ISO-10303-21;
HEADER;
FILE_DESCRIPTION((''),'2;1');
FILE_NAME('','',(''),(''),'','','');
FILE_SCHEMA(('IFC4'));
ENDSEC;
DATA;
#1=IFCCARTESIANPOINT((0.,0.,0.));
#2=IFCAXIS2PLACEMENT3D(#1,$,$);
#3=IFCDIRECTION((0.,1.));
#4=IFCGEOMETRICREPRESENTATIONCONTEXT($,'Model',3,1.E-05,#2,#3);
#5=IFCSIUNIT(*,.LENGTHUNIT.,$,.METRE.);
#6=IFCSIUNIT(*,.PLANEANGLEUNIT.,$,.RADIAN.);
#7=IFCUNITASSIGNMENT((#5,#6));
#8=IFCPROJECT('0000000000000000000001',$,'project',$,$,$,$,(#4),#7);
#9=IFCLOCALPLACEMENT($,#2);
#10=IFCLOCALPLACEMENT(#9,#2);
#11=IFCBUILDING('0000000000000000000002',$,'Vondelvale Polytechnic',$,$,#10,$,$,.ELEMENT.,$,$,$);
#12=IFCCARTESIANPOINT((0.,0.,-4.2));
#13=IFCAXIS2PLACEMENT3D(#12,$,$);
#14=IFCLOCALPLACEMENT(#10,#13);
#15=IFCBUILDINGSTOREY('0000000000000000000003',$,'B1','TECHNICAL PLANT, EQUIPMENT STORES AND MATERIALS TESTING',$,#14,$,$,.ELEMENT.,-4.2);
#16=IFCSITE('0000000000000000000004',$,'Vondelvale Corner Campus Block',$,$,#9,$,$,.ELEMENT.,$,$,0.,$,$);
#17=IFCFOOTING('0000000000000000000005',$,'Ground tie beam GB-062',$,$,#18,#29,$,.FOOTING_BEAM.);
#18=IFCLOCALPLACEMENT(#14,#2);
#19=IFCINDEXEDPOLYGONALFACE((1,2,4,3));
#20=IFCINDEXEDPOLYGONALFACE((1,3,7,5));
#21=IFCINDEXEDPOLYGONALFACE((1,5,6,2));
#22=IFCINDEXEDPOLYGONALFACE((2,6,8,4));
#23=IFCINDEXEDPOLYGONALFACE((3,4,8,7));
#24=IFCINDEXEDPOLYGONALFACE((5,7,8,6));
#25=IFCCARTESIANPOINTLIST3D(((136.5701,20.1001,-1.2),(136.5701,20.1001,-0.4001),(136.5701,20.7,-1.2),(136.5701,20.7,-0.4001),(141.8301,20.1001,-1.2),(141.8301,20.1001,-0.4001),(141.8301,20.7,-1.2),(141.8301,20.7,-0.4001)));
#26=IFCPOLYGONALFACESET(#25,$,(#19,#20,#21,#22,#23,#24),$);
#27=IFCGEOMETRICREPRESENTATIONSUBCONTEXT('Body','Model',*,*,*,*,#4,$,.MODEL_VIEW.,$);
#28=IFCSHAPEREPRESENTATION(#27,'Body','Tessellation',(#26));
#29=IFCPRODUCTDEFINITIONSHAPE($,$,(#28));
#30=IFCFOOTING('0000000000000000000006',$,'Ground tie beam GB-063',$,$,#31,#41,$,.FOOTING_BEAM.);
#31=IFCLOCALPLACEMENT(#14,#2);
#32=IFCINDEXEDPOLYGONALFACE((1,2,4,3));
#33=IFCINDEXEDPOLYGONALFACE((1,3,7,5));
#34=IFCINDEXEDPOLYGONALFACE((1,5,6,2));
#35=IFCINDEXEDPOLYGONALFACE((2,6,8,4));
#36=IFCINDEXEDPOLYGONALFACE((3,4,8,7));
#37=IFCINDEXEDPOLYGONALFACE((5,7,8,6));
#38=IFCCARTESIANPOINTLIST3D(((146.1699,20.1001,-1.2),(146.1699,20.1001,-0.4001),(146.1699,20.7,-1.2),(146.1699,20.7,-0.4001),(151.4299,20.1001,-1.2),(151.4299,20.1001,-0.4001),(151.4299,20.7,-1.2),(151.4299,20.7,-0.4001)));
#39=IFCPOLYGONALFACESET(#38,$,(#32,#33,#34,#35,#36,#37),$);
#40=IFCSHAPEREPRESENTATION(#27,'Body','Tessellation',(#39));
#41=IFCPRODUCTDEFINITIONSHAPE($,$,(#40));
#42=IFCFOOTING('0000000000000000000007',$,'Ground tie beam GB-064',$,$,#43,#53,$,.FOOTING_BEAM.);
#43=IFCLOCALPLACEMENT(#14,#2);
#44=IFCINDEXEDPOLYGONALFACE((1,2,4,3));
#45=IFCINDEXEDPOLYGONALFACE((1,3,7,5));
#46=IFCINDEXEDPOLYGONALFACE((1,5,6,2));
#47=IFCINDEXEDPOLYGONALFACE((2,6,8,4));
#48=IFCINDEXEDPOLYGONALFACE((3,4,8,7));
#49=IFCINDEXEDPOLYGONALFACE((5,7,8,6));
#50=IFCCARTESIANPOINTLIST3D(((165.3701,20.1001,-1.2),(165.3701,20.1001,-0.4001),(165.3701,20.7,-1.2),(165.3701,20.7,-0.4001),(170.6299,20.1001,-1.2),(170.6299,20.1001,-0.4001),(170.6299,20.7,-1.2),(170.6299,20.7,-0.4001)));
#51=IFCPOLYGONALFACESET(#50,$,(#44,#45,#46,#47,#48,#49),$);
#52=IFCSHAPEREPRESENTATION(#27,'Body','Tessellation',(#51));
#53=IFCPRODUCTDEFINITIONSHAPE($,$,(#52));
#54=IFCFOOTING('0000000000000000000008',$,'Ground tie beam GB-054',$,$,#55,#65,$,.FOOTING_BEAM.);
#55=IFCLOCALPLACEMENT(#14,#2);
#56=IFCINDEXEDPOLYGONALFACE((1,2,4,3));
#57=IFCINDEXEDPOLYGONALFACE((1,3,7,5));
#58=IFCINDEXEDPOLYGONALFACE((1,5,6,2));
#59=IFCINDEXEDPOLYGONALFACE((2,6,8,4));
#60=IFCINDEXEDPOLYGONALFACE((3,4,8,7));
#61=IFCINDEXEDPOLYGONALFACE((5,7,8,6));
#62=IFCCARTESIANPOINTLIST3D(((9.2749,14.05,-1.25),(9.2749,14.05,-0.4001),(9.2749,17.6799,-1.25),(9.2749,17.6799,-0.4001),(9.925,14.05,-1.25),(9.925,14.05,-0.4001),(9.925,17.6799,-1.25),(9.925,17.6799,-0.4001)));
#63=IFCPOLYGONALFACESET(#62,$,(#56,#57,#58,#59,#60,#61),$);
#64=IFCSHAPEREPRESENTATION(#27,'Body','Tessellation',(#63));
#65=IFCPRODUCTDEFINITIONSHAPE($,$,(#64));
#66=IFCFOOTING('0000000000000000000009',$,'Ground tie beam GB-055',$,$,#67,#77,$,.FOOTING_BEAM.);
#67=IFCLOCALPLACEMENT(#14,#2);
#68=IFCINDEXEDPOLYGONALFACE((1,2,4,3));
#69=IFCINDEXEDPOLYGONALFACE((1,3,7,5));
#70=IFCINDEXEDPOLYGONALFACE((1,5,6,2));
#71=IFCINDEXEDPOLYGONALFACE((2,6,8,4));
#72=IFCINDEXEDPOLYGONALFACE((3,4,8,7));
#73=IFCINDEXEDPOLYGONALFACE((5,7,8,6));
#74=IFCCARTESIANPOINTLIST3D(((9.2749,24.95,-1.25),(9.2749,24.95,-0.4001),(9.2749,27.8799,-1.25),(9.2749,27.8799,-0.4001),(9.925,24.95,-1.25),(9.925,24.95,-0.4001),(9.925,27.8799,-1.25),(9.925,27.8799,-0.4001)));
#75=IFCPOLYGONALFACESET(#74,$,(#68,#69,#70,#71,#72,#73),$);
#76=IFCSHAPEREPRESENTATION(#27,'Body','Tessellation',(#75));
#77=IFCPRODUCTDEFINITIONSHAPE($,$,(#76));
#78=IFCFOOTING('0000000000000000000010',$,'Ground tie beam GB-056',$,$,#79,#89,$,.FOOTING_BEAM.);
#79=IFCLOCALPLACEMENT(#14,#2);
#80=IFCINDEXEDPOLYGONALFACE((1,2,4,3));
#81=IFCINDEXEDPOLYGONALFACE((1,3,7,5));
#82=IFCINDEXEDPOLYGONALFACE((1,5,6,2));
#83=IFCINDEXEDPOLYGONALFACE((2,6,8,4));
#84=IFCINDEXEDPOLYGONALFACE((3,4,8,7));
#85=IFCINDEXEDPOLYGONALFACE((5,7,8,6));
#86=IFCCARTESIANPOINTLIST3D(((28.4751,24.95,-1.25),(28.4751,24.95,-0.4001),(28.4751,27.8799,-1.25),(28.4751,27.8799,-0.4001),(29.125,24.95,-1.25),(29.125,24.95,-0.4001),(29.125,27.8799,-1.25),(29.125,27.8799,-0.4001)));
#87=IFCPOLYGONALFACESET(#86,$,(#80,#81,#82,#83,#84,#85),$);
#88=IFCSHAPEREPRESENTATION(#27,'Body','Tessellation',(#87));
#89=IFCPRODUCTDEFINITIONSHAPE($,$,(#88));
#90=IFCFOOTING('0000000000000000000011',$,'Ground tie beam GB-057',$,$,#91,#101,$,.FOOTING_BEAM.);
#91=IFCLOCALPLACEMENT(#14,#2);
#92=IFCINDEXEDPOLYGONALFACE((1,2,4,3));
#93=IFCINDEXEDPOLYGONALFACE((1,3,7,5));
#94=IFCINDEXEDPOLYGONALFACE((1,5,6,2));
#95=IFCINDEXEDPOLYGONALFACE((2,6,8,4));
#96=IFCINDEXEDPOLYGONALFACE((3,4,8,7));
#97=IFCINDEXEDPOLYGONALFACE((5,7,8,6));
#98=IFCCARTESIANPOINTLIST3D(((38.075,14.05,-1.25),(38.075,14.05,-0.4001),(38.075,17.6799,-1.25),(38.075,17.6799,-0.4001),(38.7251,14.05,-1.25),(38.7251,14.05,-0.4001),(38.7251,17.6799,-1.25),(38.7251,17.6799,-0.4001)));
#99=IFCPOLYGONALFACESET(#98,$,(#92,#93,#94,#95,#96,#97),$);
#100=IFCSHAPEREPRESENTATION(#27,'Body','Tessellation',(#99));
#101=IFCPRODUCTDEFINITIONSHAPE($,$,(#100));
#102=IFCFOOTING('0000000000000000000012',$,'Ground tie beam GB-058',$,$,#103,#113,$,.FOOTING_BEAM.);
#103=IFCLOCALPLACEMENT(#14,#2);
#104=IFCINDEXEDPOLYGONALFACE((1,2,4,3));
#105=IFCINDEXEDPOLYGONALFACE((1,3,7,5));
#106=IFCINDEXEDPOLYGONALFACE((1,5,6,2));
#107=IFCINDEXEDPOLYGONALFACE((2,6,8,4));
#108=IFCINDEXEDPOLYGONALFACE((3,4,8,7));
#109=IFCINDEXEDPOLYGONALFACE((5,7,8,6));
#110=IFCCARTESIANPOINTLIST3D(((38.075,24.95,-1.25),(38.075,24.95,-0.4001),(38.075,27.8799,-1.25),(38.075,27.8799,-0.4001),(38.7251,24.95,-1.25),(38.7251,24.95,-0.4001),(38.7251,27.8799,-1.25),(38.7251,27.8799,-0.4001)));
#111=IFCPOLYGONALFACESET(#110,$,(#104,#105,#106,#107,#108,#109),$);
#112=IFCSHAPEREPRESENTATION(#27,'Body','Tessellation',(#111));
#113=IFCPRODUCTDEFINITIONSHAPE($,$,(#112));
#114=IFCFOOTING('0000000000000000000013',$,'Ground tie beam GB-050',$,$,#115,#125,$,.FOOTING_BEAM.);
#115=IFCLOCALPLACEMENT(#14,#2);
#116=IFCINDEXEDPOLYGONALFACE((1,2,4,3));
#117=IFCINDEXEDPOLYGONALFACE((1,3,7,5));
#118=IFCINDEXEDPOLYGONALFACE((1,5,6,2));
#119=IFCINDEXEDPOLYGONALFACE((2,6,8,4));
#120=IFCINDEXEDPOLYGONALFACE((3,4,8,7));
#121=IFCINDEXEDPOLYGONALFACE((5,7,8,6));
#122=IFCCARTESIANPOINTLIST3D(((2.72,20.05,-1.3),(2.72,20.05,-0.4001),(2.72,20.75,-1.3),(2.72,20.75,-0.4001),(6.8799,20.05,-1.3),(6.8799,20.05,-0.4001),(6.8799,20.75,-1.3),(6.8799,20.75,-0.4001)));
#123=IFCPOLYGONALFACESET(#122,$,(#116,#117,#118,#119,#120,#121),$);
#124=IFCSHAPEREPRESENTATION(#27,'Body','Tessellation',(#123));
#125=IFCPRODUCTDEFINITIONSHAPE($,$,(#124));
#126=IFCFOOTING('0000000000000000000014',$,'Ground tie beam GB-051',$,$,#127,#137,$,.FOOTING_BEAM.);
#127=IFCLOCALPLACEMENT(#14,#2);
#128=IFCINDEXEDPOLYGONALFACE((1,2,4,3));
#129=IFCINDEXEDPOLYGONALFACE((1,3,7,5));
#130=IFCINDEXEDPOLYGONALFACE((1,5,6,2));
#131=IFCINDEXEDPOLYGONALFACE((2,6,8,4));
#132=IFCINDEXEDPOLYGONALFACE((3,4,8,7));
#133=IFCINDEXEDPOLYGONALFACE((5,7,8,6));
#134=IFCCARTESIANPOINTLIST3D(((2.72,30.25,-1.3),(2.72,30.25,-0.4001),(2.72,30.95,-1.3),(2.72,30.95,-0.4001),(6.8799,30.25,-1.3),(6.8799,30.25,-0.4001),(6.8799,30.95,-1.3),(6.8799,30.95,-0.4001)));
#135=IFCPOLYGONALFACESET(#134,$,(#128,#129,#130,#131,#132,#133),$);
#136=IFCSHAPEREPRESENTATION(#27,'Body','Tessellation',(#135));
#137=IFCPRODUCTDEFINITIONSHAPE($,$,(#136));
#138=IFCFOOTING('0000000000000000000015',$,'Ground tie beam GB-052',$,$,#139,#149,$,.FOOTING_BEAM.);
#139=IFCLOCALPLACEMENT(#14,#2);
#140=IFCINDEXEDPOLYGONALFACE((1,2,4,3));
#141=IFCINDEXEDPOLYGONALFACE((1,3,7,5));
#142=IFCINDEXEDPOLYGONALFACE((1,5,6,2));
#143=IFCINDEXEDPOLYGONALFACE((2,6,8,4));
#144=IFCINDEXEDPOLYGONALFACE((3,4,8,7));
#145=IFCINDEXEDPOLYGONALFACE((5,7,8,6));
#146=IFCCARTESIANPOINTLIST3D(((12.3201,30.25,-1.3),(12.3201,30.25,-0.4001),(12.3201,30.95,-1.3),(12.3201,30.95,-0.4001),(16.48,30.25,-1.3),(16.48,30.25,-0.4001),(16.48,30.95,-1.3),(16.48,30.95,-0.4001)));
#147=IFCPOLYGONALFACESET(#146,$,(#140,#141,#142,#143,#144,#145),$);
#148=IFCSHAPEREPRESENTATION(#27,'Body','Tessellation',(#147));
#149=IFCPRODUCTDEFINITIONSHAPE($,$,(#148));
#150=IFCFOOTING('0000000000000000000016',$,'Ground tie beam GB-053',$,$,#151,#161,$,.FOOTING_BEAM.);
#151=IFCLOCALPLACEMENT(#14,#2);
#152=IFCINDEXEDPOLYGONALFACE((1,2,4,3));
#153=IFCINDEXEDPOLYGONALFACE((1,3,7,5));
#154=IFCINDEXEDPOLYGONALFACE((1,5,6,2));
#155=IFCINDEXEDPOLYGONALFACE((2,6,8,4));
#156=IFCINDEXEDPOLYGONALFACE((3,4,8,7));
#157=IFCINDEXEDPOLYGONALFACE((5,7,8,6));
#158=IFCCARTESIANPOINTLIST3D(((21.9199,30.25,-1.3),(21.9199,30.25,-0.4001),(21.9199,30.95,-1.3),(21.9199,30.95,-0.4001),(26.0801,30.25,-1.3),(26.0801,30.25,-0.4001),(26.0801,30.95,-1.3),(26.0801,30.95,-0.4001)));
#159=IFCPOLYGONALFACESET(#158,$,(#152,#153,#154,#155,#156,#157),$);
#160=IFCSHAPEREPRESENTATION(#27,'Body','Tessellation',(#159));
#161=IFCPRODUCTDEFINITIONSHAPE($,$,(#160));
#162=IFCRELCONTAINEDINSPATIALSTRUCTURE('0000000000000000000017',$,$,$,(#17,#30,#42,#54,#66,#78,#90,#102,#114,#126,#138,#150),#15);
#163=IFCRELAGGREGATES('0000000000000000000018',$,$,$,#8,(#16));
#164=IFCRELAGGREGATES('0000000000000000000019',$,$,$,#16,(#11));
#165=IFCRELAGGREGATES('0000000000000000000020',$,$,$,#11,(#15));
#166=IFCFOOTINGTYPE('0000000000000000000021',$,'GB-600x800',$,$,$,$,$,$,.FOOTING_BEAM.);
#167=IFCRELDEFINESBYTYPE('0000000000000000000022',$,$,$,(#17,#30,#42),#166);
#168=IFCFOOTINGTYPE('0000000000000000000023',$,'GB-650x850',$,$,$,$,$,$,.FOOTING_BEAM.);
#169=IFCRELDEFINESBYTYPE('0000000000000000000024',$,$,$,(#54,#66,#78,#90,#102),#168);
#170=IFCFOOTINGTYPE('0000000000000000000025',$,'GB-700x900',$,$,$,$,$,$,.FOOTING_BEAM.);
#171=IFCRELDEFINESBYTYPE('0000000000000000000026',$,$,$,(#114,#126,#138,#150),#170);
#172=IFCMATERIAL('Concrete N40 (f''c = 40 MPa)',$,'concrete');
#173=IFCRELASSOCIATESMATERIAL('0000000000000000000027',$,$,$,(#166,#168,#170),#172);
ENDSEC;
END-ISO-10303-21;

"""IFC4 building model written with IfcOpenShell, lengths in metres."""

from ifc_helpers import new_model, si_unit, direction, frame, origin, place, context, subcontext, project, spatial, polyline, outline, extrude, material, type_object, element, save


model = new_model("IFC4")

# Units and contexts
model_context = context("Model", 3, precision=1e-05, world=origin(), true_north=direction((0.0, 1.0)))
body_context = subcontext(model_context, "Body", "Model", "MODEL_VIEW")
ifc_project = project(units=[si_unit("LENGTHUNIT", "METRE"), si_unit("PLANEANGLEUNIT", "RADIAN")], contexts=[model_context])

# Site, building, storey
site_placement = place(None, origin())
site = spatial("IfcSite", under=ifc_project, at=site_placement, Name="Vondelvale Corner Campus Block", CompositionType="ELEMENT", RefElevation=0.0)
building_placement = place(site_placement, origin())
building = spatial("IfcBuilding", under=site, at=building_placement, Name="Vondelvale Polytechnic", CompositionType="ELEMENT")
storey_placement = place(building_placement, frame((0.0, 0.0, -4.2)))
storey = spatial("IfcBuildingStorey", under=building, at=storey_placement, Name="B1", Description="TECHNICAL PLANT, EQUIPMENT STORES AND MATERIALS TESTING", CompositionType="ELEMENT", Elevation=-4.2)

# Footings
ifc_material = material(Name="Concrete N40 (f'c = 40 MPa)", Category="concrete")
footing_type_1 = type_object("IfcFootingType", Name="GB-600x800", PredefinedType="FOOTING_BEAM", material=ifc_material)
footing_1_placement = place(storey_placement, frame((0.0, 0.0, -1.2)))
element("IfcFooting", 1, at=footing_1_placement, inside=storey, type_object=footing_type_1, Name="Ground tie beam GB-062", PredefinedType="FOOTING_BEAM", context=body_context, shape_type="SweptSolid", body=[
    extrude(outline(polyline([(136.5701, 20.1001), (136.5701, 20.7), (141.8301, 20.7), (141.8301, 20.1001), (136.5701, 20.1001)])), origin(), (0.0, 0.0, 1.0), 0.7998),
])
footing_2_placement = place(storey_placement, frame((0.0, 0.0, -1.2)))
element("IfcFooting", 2, at=footing_2_placement, inside=storey, type_object=footing_type_1, Name="Ground tie beam GB-063", PredefinedType="FOOTING_BEAM", context=body_context, shape_type="SweptSolid", body=[
    extrude(outline(polyline([(146.1699, 20.1001), (146.1699, 20.7), (151.4299, 20.7), (151.4299, 20.1001), (146.1699, 20.1001)])), origin(), (0.0, 0.0, 1.0), 0.7998),
])
footing_3_placement = place(storey_placement, frame((0.0, 0.0, -1.2)))
element("IfcFooting", 3, at=footing_3_placement, inside=storey, type_object=footing_type_1, Name="Ground tie beam GB-064", PredefinedType="FOOTING_BEAM", context=body_context, shape_type="SweptSolid", body=[
    extrude(outline(polyline([(165.3701, 20.1001), (165.3701, 20.7), (170.6299, 20.7), (170.6299, 20.1001), (165.3701, 20.1001)])), origin(), (0.0, 0.0, 1.0), 0.7998),
])
footing_type_2 = type_object("IfcFootingType", Name="GB-650x850", PredefinedType="FOOTING_BEAM", material=ifc_material)
footing_4_placement = place(storey_placement, frame((0.0, 0.0, -1.25)))
element("IfcFooting", 4, at=footing_4_placement, inside=storey, type_object=footing_type_2, Name="Ground tie beam GB-054", PredefinedType="FOOTING_BEAM", context=body_context, shape_type="SweptSolid", body=[
    extrude(outline(polyline([(9.925, 14.05), (9.2749, 14.05), (9.2749, 17.6799), (9.925, 17.6799), (9.925, 14.05)])), origin(), (0.0, 0.0, 1.0), 0.8499),
])
footing_5_placement = place(storey_placement, frame((0.0, 0.0, -1.25)))
element("IfcFooting", 5, at=footing_5_placement, inside=storey, type_object=footing_type_2, Name="Ground tie beam GB-055", PredefinedType="FOOTING_BEAM", context=body_context, shape_type="SweptSolid", body=[
    extrude(outline(polyline([(9.925, 24.95), (9.2749, 24.95), (9.2749, 27.8799), (9.925, 27.8799), (9.925, 24.95)])), origin(), (0.0, 0.0, 1.0), 0.8499),
])
footing_6_placement = place(storey_placement, frame((0.0, 0.0, -1.25)))
element("IfcFooting", 6, at=footing_6_placement, inside=storey, type_object=footing_type_2, Name="Ground tie beam GB-056", PredefinedType="FOOTING_BEAM", context=body_context, shape_type="SweptSolid", body=[
    extrude(outline(polyline([(29.125, 24.95), (28.4751, 24.95), (28.4751, 27.8799), (29.125, 27.8799), (29.125, 24.95)])), origin(), (0.0, 0.0, 1.0), 0.8499),
])
footing_7_placement = place(storey_placement, frame((0.0, 0.0, -1.25)))
element("IfcFooting", 7, at=footing_7_placement, inside=storey, type_object=footing_type_2, Name="Ground tie beam GB-057", PredefinedType="FOOTING_BEAM", context=body_context, shape_type="SweptSolid", body=[
    extrude(outline(polyline([(38.7251, 14.05), (38.075, 14.05), (38.075, 17.6799), (38.7251, 17.6799), (38.7251, 14.05)])), origin(), (0.0, 0.0, 1.0), 0.8499),
])
footing_8_placement = place(storey_placement, frame((0.0, 0.0, -1.25)))
element("IfcFooting", 8, at=footing_8_placement, inside=storey, type_object=footing_type_2, Name="Ground tie beam GB-058", PredefinedType="FOOTING_BEAM", context=body_context, shape_type="SweptSolid", body=[
    extrude(outline(polyline([(38.7251, 24.95), (38.075, 24.95), (38.075, 27.8799), (38.7251, 27.8799), (38.7251, 24.95)])), origin(), (0.0, 0.0, 1.0), 0.8499),
])
footing_type_3 = type_object("IfcFootingType", Name="GB-700x900", PredefinedType="FOOTING_BEAM", material=ifc_material)
footing_9_placement = place(storey_placement, frame((0.0, 0.0, -1.3)))
element("IfcFooting", 9, at=footing_9_placement, inside=storey, type_object=footing_type_3, Name="Ground tie beam GB-050", PredefinedType="FOOTING_BEAM", context=body_context, shape_type="SweptSolid", body=[
    extrude(outline(polyline([(2.72, 20.05), (2.72, 20.75), (6.8799, 20.75), (6.8799, 20.05), (2.72, 20.05)])), origin(), (0.0, 0.0, 1.0), 0.8999),
])
footing_10_placement = place(storey_placement, frame((0.0, 0.0, -1.3)))
element("IfcFooting", 10, at=footing_10_placement, inside=storey, type_object=footing_type_3, Name="Ground tie beam GB-051", PredefinedType="FOOTING_BEAM", context=body_context, shape_type="SweptSolid", body=[
    extrude(outline(polyline([(2.72, 30.25), (2.72, 30.95), (6.8799, 30.95), (6.8799, 30.25), (2.72, 30.25)])), origin(), (0.0, 0.0, 1.0), 0.8999),
])
footing_11_placement = place(storey_placement, frame((0.0, 0.0, -1.3)))
element("IfcFooting", 11, at=footing_11_placement, inside=storey, type_object=footing_type_3, Name="Ground tie beam GB-052", PredefinedType="FOOTING_BEAM", context=body_context, shape_type="SweptSolid", body=[
    extrude(outline(polyline([(12.3201, 30.25), (12.3201, 30.95), (16.48, 30.95), (16.48, 30.25), (12.3201, 30.25)])), origin(), (0.0, 0.0, 1.0), 0.8999),
])
footing_12_placement = place(storey_placement, frame((0.0, 0.0, -1.3)))
element("IfcFooting", 12, at=footing_12_placement, inside=storey, type_object=footing_type_3, Name="Ground tie beam GB-053", PredefinedType="FOOTING_BEAM", context=body_context, shape_type="SweptSolid", body=[
    extrude(outline(polyline([(21.9199, 30.25), (21.9199, 30.95), (26.0801, 30.95), (26.0801, 30.25), (21.9199, 30.25)])), origin(), (0.0, 0.0, 1.0), 0.8999),
])

save(model, "model.ifc")
